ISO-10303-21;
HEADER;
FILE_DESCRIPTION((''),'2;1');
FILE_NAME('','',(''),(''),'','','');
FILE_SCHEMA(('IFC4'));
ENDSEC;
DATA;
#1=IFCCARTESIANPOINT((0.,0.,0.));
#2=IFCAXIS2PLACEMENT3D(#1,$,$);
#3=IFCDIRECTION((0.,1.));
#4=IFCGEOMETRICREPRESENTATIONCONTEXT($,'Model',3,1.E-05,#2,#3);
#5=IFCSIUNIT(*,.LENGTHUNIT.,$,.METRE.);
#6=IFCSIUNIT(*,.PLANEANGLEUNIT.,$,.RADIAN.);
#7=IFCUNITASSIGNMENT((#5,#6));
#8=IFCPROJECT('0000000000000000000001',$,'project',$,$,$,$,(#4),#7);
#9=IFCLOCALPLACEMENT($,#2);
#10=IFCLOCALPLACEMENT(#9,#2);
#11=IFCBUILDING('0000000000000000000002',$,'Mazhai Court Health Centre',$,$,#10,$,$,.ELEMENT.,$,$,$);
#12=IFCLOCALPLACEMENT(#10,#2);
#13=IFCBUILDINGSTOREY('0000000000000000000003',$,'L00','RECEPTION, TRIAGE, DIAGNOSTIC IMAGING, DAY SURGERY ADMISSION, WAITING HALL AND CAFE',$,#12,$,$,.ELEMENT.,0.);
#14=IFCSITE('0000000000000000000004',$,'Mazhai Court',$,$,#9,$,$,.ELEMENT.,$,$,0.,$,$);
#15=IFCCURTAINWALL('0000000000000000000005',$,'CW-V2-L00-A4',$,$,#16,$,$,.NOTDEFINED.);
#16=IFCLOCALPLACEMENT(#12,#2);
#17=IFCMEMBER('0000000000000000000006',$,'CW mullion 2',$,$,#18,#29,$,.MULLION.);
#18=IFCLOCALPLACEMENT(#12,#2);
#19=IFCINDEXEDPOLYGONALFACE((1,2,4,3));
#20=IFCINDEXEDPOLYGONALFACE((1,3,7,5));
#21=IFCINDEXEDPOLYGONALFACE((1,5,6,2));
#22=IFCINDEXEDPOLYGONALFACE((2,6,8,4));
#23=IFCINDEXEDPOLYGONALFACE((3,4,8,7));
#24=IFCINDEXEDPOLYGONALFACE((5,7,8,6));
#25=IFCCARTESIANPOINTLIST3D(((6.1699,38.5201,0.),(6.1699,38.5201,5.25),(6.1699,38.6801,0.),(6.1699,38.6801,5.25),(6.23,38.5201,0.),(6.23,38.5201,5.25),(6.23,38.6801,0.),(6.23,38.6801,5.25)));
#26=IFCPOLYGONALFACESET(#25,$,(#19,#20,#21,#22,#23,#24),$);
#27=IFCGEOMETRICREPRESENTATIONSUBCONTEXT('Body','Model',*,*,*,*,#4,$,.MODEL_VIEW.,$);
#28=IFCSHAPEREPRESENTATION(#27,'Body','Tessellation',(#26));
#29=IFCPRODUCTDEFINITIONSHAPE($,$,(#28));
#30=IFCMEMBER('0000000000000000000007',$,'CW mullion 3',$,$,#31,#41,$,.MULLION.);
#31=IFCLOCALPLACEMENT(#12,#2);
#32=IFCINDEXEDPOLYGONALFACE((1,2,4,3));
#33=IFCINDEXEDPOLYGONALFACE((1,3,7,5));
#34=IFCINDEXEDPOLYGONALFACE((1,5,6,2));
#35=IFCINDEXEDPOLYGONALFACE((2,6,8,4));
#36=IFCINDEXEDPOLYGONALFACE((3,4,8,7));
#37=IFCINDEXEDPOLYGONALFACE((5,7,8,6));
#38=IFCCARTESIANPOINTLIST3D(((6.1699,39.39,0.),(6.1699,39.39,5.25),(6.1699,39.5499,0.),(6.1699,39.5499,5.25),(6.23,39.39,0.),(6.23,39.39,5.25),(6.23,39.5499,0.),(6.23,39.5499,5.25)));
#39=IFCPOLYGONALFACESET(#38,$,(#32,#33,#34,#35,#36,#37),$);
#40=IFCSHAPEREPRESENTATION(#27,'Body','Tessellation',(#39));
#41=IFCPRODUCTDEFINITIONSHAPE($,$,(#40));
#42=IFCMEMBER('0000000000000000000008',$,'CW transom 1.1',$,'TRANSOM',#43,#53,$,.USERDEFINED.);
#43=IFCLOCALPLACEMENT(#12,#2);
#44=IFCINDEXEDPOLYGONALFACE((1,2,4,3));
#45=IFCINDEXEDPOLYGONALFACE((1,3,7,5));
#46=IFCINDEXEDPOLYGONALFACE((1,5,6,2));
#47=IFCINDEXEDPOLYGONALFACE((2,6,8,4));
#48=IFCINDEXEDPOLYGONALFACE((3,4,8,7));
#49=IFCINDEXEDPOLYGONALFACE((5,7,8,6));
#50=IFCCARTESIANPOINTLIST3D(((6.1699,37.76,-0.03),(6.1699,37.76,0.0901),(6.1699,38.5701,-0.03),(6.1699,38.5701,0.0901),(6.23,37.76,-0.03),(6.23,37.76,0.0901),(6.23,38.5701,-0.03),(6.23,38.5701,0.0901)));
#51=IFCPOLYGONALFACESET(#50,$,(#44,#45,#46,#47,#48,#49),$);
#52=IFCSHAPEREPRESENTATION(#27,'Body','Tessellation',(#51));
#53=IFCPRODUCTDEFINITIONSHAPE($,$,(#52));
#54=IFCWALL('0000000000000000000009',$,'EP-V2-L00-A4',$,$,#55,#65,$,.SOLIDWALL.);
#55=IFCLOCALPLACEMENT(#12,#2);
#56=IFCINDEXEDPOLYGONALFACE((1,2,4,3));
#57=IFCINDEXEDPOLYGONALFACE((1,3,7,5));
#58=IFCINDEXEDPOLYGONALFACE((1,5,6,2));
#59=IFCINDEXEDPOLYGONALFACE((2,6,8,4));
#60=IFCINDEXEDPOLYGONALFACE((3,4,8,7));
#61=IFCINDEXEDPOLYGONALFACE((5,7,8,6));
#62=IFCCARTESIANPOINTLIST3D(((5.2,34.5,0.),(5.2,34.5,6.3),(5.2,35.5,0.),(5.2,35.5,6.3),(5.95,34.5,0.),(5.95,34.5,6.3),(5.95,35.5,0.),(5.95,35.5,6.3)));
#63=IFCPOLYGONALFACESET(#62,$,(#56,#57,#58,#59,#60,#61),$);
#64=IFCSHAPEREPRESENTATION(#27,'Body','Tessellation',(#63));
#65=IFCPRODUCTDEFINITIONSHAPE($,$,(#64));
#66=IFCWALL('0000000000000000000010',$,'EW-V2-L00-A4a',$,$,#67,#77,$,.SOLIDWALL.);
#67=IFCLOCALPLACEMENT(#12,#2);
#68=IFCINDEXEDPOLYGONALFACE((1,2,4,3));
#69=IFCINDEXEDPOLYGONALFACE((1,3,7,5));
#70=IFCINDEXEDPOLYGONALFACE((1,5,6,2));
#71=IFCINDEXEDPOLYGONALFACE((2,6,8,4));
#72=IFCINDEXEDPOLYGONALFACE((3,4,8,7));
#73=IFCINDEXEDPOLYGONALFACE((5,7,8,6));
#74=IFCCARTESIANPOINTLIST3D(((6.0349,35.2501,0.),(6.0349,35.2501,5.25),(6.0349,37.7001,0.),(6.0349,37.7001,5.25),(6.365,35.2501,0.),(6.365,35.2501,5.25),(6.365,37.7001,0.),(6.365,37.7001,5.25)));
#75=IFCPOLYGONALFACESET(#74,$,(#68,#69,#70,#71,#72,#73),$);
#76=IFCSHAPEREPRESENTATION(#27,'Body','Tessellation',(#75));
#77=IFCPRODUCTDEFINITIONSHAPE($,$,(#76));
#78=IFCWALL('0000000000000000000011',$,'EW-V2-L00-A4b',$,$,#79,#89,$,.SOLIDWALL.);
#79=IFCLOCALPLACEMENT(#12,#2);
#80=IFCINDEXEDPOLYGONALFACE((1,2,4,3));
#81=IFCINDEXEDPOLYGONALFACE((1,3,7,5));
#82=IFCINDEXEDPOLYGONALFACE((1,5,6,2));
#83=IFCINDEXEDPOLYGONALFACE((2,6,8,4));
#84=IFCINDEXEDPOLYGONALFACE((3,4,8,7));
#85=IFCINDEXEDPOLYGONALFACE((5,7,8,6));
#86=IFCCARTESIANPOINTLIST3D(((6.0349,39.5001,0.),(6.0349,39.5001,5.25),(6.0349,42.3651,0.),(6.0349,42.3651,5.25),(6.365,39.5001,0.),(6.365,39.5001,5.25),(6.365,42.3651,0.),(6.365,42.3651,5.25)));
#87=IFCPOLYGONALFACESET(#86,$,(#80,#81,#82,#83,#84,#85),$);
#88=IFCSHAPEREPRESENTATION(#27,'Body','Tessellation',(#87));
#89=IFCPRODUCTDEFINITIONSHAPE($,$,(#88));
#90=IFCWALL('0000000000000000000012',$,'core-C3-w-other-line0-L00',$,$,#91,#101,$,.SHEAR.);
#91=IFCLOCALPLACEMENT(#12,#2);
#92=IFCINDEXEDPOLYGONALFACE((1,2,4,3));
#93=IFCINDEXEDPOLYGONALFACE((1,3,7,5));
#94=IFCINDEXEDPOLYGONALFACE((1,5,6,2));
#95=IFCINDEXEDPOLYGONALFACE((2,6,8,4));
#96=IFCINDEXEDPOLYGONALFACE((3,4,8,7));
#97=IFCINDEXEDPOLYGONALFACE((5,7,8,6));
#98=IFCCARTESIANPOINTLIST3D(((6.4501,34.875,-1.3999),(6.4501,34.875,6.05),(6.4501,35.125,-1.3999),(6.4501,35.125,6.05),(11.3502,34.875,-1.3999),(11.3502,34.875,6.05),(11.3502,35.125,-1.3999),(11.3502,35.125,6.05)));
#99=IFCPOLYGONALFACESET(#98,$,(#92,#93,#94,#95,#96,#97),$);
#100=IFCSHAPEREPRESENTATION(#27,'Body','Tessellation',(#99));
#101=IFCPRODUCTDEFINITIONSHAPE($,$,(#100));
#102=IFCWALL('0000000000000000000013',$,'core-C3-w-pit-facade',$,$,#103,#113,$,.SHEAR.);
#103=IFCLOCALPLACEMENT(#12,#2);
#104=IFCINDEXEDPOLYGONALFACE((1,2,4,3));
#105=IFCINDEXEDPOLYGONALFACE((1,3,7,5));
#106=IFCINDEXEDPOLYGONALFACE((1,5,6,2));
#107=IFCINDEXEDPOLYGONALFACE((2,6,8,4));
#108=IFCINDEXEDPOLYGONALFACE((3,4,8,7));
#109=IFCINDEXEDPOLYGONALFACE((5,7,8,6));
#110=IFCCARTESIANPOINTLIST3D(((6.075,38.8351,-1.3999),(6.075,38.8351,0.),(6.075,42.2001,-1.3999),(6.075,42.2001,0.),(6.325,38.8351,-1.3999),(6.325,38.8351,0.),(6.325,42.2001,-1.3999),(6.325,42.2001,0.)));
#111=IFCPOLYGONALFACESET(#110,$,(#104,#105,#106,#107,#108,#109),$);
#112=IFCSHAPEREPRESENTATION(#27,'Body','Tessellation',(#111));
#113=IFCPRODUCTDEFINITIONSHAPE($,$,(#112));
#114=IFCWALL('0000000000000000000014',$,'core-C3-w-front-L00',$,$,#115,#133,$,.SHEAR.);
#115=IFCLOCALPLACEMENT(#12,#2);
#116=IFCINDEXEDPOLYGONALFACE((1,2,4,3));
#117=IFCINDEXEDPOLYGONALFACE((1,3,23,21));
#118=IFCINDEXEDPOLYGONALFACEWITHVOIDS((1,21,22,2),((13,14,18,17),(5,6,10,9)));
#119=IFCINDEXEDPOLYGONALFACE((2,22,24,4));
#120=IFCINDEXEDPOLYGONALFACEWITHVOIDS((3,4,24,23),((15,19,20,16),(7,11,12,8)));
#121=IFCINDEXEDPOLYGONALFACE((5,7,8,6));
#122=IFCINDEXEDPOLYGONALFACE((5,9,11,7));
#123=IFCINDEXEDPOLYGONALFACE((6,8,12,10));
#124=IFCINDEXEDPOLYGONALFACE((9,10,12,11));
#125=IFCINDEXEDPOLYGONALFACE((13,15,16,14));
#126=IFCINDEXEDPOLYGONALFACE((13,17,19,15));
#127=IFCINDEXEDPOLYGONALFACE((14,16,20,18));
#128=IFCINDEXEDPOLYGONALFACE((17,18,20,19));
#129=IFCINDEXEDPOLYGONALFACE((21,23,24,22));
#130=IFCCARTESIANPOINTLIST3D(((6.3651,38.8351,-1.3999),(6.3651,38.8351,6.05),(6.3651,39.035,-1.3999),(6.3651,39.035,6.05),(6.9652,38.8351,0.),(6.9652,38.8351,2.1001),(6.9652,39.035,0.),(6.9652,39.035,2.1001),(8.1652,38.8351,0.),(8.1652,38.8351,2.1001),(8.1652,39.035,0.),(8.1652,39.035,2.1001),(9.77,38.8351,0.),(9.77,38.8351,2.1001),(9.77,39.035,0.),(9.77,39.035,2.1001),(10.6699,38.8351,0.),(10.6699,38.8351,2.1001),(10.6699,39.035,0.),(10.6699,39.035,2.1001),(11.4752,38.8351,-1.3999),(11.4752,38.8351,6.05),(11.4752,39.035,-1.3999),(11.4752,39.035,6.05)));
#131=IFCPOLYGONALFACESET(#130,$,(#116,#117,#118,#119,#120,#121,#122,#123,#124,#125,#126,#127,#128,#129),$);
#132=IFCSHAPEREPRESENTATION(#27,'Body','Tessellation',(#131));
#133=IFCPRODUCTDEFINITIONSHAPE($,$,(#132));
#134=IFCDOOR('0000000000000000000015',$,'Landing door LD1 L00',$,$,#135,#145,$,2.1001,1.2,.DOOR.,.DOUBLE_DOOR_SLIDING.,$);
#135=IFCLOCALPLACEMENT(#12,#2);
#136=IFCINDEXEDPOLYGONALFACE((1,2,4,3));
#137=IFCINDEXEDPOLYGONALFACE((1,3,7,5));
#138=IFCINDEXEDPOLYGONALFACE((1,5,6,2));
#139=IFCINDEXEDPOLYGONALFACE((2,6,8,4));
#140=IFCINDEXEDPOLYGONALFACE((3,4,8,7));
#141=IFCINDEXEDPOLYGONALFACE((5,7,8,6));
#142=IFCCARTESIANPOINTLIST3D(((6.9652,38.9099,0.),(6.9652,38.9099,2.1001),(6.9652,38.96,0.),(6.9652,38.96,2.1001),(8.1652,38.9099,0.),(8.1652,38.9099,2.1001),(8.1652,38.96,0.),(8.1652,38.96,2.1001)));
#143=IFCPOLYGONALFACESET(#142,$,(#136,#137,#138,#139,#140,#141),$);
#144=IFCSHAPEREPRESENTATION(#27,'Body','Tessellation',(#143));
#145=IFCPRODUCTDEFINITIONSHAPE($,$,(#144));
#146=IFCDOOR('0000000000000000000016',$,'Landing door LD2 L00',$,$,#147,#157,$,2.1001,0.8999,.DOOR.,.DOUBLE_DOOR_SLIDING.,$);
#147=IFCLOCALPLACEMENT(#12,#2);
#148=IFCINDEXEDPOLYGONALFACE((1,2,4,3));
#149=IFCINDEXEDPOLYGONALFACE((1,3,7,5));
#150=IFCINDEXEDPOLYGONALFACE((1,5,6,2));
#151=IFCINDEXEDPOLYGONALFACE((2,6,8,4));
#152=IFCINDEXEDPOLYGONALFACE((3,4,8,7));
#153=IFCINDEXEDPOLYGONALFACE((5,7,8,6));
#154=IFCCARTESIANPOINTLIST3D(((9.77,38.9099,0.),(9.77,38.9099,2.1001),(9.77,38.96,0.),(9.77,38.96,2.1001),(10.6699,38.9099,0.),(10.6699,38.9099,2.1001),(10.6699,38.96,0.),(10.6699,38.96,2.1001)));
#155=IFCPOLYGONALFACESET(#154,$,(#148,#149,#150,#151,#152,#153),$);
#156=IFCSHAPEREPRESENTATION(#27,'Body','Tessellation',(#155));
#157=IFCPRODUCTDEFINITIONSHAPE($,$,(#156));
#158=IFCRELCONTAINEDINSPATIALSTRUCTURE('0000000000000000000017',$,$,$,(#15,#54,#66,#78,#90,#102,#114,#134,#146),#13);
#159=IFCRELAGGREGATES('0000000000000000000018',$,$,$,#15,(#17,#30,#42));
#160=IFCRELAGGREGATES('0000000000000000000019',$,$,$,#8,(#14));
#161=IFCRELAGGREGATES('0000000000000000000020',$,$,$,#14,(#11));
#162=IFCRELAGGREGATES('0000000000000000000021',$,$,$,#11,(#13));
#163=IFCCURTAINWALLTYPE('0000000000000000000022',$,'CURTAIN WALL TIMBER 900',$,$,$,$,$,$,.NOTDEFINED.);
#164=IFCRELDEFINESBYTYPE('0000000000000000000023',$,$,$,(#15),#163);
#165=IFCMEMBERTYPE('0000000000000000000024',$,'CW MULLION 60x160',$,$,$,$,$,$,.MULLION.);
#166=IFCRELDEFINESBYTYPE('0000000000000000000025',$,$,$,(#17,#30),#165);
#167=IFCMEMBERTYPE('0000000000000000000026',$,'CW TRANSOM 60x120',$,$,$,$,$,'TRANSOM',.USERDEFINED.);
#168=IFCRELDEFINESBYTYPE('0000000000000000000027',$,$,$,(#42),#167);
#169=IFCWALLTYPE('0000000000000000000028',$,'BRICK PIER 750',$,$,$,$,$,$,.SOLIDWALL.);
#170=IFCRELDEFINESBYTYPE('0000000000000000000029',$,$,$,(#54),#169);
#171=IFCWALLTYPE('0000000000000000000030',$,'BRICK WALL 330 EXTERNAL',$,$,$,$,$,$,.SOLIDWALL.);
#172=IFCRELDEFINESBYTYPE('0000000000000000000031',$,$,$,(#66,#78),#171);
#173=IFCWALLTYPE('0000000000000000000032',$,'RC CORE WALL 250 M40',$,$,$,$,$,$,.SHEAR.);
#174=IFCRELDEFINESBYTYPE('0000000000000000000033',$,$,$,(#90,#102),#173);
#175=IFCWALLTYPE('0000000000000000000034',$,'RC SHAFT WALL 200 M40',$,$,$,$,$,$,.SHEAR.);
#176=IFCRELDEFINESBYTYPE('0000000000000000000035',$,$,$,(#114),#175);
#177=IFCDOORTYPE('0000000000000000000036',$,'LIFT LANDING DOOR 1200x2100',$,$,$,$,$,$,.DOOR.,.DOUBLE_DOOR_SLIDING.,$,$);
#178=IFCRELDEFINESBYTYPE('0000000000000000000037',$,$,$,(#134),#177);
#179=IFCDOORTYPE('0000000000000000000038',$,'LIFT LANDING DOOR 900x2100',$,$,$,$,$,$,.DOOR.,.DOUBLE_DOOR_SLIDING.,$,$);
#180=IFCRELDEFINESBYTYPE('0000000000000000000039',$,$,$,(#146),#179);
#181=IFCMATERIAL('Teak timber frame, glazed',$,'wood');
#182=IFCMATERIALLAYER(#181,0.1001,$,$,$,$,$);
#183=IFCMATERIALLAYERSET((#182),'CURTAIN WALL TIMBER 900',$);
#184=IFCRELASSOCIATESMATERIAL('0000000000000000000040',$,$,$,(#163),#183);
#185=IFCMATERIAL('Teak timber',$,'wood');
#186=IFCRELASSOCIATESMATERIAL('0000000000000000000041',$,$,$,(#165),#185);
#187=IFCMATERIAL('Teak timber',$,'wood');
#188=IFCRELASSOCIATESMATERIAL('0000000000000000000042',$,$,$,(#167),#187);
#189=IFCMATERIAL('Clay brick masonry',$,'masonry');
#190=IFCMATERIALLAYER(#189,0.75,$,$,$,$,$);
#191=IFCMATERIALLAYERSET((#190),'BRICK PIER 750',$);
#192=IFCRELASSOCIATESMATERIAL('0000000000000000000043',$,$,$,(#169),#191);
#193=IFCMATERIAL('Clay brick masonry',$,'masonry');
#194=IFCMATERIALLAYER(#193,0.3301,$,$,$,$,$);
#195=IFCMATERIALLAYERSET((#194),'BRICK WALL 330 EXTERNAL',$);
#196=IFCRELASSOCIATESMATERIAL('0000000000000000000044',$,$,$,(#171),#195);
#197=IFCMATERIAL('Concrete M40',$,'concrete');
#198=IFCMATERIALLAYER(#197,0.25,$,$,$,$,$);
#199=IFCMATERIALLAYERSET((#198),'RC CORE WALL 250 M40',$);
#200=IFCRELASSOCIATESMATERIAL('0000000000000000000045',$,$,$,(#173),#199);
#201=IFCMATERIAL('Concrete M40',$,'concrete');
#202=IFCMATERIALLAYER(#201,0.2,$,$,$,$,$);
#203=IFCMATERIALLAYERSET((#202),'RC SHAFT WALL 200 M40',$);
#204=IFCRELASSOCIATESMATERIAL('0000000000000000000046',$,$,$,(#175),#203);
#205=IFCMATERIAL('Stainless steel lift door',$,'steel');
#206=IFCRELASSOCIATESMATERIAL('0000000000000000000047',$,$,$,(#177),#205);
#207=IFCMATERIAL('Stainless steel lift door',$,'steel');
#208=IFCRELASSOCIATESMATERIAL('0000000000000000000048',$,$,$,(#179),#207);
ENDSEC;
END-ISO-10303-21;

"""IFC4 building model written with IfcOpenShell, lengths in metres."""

from ifc_helpers import new_model, si_unit, direction, frame, frame_2d, origin, origin_2d, place, context, subcontext, project, spatial, rectangle, extrude, material, layer, layer_set, material_profile, profile_set, type_object, element, fill, aggregate, save


model = new_model("IFC4")

# Units and contexts
model_context = context("Model", 3, precision=1e-05, world=origin(), true_north=direction((0.0, 1.0)))
body_context = subcontext(model_context, "Body", "Model", "MODEL_VIEW")
ifc_project = project(units=[si_unit("LENGTHUNIT", "METRE"), si_unit("PLANEANGLEUNIT", "RADIAN")], contexts=[model_context])

# Site, building, storey
site_placement = place(None, origin())
site = spatial("IfcSite", under=ifc_project, at=site_placement, Name="Mazhai Court", CompositionType="ELEMENT", RefElevation=0.0)
building_placement = place(site_placement, origin())
building = spatial("IfcBuilding", under=site, at=building_placement, Name="Mazhai Court Health Centre", CompositionType="ELEMENT")
storey_placement = place(building_placement, origin())
storey = spatial("IfcBuildingStorey", under=building, at=storey_placement, Name="L00", Description="RECEPTION, TRIAGE, DIAGNOSTIC IMAGING, DAY SURGERY ADMISSION, WAITING HALL AND CAFE", CompositionType="ELEMENT", Elevation=0.0)

# Curtain wall, members
ifc_material_1 = material(Name="Teak timber frame, glazed", Category="wood")
ifc_layer_1 = layer(ifc_material_1, 0.1001)
ifc_layer_set_1 = layer_set([ifc_layer_1], Name="CURTAIN WALL TIMBER 900")
curtain_wall_type = type_object("IfcCurtainWallType", Name="CURTAIN WALL TIMBER 900", PredefinedType="NOTDEFINED", material=ifc_layer_set_1)
curtain_wall_placement = place(storey_placement, origin())
curtain_wall = element("IfcCurtainWall", 1, at=curtain_wall_placement, inside=storey, type_object=curtain_wall_type, Name="CW-V2-L00-A4", PredefinedType="NOTDEFINED")
ifc_material_2 = material(Name="Teak timber", Category="wood")
ifc_material_profile_1 = material_profile(ifc_material_2, rectangle(XDim=0.0601, YDim=0.1599, at=origin_2d()), Name="CW MULLION 60x160")
ifc_profile_set_1 = profile_set([ifc_material_profile_1], Name="Teak timber")
member_type_1 = type_object("IfcMemberType", Name="CW MULLION 60x160", PredefinedType="MULLION", material=ifc_profile_set_1)
member_1_placement = place(storey_placement, frame((6.2, 38.6001, 0.0), z_axis=(0.0, 0.0, 1.0), x_axis=(-1.0, 0.0, 0.0)))
member_1 = element("IfcMember", 2, at=member_1_placement, type_object=member_type_1, Name="CW mullion 2", PredefinedType="MULLION", context=body_context, shape_type="SweptSolid", body=[
    extrude(rectangle(XDim=0.0601, YDim=0.1599, at=origin_2d()), origin(), (0.0, 0.0, 1.0), 5.25),
])
member_2_placement = place(storey_placement, frame((6.2, 39.47, 0.0), z_axis=(0.0, 0.0, 1.0), x_axis=(-1.0, 0.0, 0.0)))
member_2 = element("IfcMember", 3, at=member_2_placement, type_object=member_type_1, Name="CW mullion 3", PredefinedType="MULLION", context=body_context, shape_type="SweptSolid", body=[
    extrude(rectangle(XDim=0.0601, YDim=0.1599, at=origin_2d()), origin(), (0.0, 0.0, 1.0), 5.25),
])
ifc_material_3 = material(Name="Teak timber", Category="wood")
ifc_material_profile_2 = material_profile(ifc_material_3, rectangle(XDim=0.0601, YDim=0.1201, at=origin_2d()), Name="CW TRANSOM 60x120")
ifc_profile_set_2 = profile_set([ifc_material_profile_2], Name="Teak timber")
member_type_2 = type_object("IfcMemberType", Name="CW TRANSOM 60x120", ElementType="TRANSOM", PredefinedType="USERDEFINED", material=ifc_profile_set_2)
member_3_placement = place(storey_placement, frame((6.2, 37.76, 0.03), z_axis=(0.0, 1.0, 0.0), x_axis=(-1.0, 0.0, 0.0)))
member_3 = element("IfcMember", 4, at=member_3_placement, type_object=member_type_2, Name="CW transom 1.1", ObjectType="TRANSOM", PredefinedType="USERDEFINED", context=body_context, shape_type="SweptSolid", body=[
    extrude(rectangle(XDim=0.0601, YDim=0.1201, at=origin_2d()), origin(), (0.0, 0.0, 1.0), 0.8101),
])
aggregate(curtain_wall, [member_1, member_2, member_3])

# Walls
ifc_material_4 = material(Name="Clay brick masonry", Category="masonry")
ifc_layer_2 = layer(ifc_material_4, 0.75)
ifc_layer_set_2 = layer_set([ifc_layer_2], Name="BRICK PIER 750")
wall_type_1 = type_object("IfcWallType", Name="BRICK PIER 750", PredefinedType="SOLIDWALL", material=ifc_layer_set_2)
wall_1_placement = place(storey_placement, frame((5.575, 34.5, 0.0), z_axis=(0.0, 0.0, 1.0), x_axis=(0.0, 1.0, 0.0)))
element("IfcWall", 5, at=wall_1_placement, inside=storey, type_object=wall_type_1, Name="EP-V2-L00-A4", PredefinedType="SOLIDWALL", context=body_context, shape_type="SweptSolid", body=[
    extrude(rectangle(XDim=1.0, YDim=0.75, at=frame_2d((0.5, 0.0))), origin(), (0.0, 0.0, 1.0), 6.3),
])
ifc_material_5 = material(Name="Clay brick masonry", Category="masonry")
ifc_layer_3 = layer(ifc_material_5, 0.3301)
ifc_layer_set_3 = layer_set([ifc_layer_3], Name="BRICK WALL 330 EXTERNAL")
wall_type_2 = type_object("IfcWallType", Name="BRICK WALL 330 EXTERNAL", PredefinedType="SOLIDWALL", material=ifc_layer_set_3)
wall_2_placement = place(storey_placement, frame((6.2, 35.25, 0.0), z_axis=(0.0, 0.0, 1.0), x_axis=(0.0, 1.0, 0.0)))
element("IfcWall", 6, at=wall_2_placement, inside=storey, type_object=wall_type_2, Name="EW-V2-L00-A4a", PredefinedType="SOLIDWALL", context=body_context, shape_type="SweptSolid", body=[
    extrude(rectangle(XDim=2.45, YDim=0.3301, at=frame_2d((1.2251, 0.0))), origin(), (0.0, 0.0, 1.0), 5.25),
])
wall_3_placement = place(storey_placement, frame((6.2, 39.5, 0.0), z_axis=(0.0, 0.0, 1.0), x_axis=(0.0, 1.0, 0.0)))
element("IfcWall", 7, at=wall_3_placement, inside=storey, type_object=wall_type_2, Name="EW-V2-L00-A4b", PredefinedType="SOLIDWALL", context=body_context, shape_type="SweptSolid", body=[
    extrude(rectangle(XDim=2.865, YDim=0.3301, at=frame_2d((1.4326, 0.0))), origin(), (0.0, 0.0, 1.0), 5.25),
])
ifc_material_6 = material(Name="Concrete M40", Category="concrete")
ifc_layer_4 = layer(ifc_material_6, 0.25)
ifc_layer_set_4 = layer_set([ifc_layer_4], Name="RC CORE WALL 250 M40")
wall_type_3 = type_object("IfcWallType", Name="RC CORE WALL 250 M40", PredefinedType="SHEAR", material=ifc_layer_set_4)
wall_4_placement = place(storey_placement, frame((6.45, 35.0, -1.3999), z_axis=(0.0, 0.0, 1.0), x_axis=(1.0, 0.0, 0.0)))
element("IfcWall", 8, at=wall_4_placement, inside=storey, type_object=wall_type_3, Name="core-C3-w-other-line0-L00", PredefinedType="SHEAR", context=body_context, shape_type="SweptSolid", body=[
    extrude(rectangle(XDim=4.9001, YDim=0.25, at=frame_2d((2.4502, 0.0))), origin(), (0.0, 0.0, 1.0), 7.45),
])
wall_5_placement = place(storey_placement, frame((6.2, 38.835, -1.3999), z_axis=(0.0, 0.0, 1.0), x_axis=(0.0, 1.0, 0.0)))
element("IfcWall", 9, at=wall_5_placement, inside=storey, type_object=wall_type_3, Name="core-C3-w-pit-facade", PredefinedType="SHEAR", context=body_context, shape_type="SweptSolid", body=[
    extrude(rectangle(XDim=3.365, YDim=0.25, at=frame_2d((1.6826, 0.0))), origin(), (0.0, 0.0, 1.0), 1.3999),
])

# Wall, openings, doors
ifc_material_7 = material(Name="Concrete M40", Category="concrete")
ifc_layer_5 = layer(ifc_material_7, 0.2)
ifc_layer_set_5 = layer_set([ifc_layer_5], Name="RC SHAFT WALL 200 M40")
wall_type_4 = type_object("IfcWallType", Name="RC SHAFT WALL 200 M40", PredefinedType="SHEAR", material=ifc_layer_set_5)
wall_6_placement = place(storey_placement, frame((6.365, 38.9351, -1.3999), z_axis=(0.0, 0.0, 1.0), x_axis=(1.0, 0.0, 0.0)))
wall_6 = element("IfcWall", 10, at=wall_6_placement, inside=storey, type_object=wall_type_4, Name="core-C3-w-front-L00", PredefinedType="SHEAR", context=body_context, shape_type="SweptSolid", body=[
    extrude(rectangle(XDim=5.1101, YDim=0.2, at=frame_2d((2.5552, 0.0))), origin(), (0.0, 0.0, 1.0), 7.45),
])
opening_1_placement = place(wall_6_placement, frame((0.6001, 0.0, 1.3999)))
opening_1 = element("IfcOpeningElement", 11, at=opening_1_placement, cuts=wall_6, PredefinedType="OPENING", context=body_context, shape_type="SweptSolid", body=[
    extrude(rectangle(XDim=1.2, YDim=2.1001, at=frame_2d((0.6001, 1.05))), frame((0.0, 0.1099, 0.0), z_axis=(0.0, -1.0, 0.0), x_axis=(1.0, 0.0, 0.0)), (0.0, 0.0, 1.0), 0.22),
])
opening_2_placement = place(wall_6_placement, frame((3.405, 0.0, 1.3999)))
opening_2 = element("IfcOpeningElement", 12, at=opening_2_placement, cuts=wall_6, PredefinedType="OPENING", context=body_context, shape_type="SweptSolid", body=[
    extrude(rectangle(XDim=0.8999, YDim=2.1001, at=frame_2d((0.45, 1.05))), frame((0.0, 0.1099, 0.0), z_axis=(0.0, -1.0, 0.0), x_axis=(1.0, 0.0, 0.0)), (0.0, 0.0, 1.0), 0.22),
])
ifc_material_8 = material(Name="Stainless steel lift door", Category="steel")
door_type_1 = type_object("IfcDoorType", Name="LIFT LANDING DOOR 1200x2100", OperationType="DOUBLE_DOOR_SLIDING", PredefinedType="DOOR", material=ifc_material_8)
door_1_placement = place(opening_1_placement, origin())
door_1 = element("IfcDoor", 13, at=door_1_placement, inside=storey, type_object=door_type_1, Name="Landing door LD1 L00", OperationType="DOUBLE_DOOR_SLIDING", OverallHeight=2.1001, OverallWidth=1.2, PredefinedType="DOOR", context=body_context, shape_type="SweptSolid", body=[
    extrude(rectangle(XDim=1.2, YDim=2.1001, at=frame_2d((0.6001, 1.05))), frame((0.0, 0.0249, 0.0), z_axis=(0.0, -1.0, 0.0), x_axis=(1.0, 0.0, 0.0)), (0.0, 0.0, 1.0), 0.05),
])
fill(opening_1, door_1)
ifc_material_9 = material(Name="Stainless steel lift door", Category="steel")
door_type_2 = type_object("IfcDoorType", Name="LIFT LANDING DOOR 900x2100", OperationType="DOUBLE_DOOR_SLIDING", PredefinedType="DOOR", material=ifc_material_9)
door_2_placement = place(opening_2_placement, origin())
door_2 = element("IfcDoor", 14, at=door_2_placement, inside=storey, type_object=door_type_2, Name="Landing door LD2 L00", OperationType="DOUBLE_DOOR_SLIDING", OverallHeight=2.1001, OverallWidth=0.8999, PredefinedType="DOOR", context=body_context, shape_type="SweptSolid", body=[
    extrude(rectangle(XDim=0.8999, YDim=2.1001, at=frame_2d((0.45, 1.05))), frame((0.0, 0.0249, 0.0), z_axis=(0.0, -1.0, 0.0), x_axis=(1.0, 0.0, 0.0)), (0.0, 0.0, 1.0), 0.05),
])
fill(opening_2, door_2)

save(model, "model.ifc")
